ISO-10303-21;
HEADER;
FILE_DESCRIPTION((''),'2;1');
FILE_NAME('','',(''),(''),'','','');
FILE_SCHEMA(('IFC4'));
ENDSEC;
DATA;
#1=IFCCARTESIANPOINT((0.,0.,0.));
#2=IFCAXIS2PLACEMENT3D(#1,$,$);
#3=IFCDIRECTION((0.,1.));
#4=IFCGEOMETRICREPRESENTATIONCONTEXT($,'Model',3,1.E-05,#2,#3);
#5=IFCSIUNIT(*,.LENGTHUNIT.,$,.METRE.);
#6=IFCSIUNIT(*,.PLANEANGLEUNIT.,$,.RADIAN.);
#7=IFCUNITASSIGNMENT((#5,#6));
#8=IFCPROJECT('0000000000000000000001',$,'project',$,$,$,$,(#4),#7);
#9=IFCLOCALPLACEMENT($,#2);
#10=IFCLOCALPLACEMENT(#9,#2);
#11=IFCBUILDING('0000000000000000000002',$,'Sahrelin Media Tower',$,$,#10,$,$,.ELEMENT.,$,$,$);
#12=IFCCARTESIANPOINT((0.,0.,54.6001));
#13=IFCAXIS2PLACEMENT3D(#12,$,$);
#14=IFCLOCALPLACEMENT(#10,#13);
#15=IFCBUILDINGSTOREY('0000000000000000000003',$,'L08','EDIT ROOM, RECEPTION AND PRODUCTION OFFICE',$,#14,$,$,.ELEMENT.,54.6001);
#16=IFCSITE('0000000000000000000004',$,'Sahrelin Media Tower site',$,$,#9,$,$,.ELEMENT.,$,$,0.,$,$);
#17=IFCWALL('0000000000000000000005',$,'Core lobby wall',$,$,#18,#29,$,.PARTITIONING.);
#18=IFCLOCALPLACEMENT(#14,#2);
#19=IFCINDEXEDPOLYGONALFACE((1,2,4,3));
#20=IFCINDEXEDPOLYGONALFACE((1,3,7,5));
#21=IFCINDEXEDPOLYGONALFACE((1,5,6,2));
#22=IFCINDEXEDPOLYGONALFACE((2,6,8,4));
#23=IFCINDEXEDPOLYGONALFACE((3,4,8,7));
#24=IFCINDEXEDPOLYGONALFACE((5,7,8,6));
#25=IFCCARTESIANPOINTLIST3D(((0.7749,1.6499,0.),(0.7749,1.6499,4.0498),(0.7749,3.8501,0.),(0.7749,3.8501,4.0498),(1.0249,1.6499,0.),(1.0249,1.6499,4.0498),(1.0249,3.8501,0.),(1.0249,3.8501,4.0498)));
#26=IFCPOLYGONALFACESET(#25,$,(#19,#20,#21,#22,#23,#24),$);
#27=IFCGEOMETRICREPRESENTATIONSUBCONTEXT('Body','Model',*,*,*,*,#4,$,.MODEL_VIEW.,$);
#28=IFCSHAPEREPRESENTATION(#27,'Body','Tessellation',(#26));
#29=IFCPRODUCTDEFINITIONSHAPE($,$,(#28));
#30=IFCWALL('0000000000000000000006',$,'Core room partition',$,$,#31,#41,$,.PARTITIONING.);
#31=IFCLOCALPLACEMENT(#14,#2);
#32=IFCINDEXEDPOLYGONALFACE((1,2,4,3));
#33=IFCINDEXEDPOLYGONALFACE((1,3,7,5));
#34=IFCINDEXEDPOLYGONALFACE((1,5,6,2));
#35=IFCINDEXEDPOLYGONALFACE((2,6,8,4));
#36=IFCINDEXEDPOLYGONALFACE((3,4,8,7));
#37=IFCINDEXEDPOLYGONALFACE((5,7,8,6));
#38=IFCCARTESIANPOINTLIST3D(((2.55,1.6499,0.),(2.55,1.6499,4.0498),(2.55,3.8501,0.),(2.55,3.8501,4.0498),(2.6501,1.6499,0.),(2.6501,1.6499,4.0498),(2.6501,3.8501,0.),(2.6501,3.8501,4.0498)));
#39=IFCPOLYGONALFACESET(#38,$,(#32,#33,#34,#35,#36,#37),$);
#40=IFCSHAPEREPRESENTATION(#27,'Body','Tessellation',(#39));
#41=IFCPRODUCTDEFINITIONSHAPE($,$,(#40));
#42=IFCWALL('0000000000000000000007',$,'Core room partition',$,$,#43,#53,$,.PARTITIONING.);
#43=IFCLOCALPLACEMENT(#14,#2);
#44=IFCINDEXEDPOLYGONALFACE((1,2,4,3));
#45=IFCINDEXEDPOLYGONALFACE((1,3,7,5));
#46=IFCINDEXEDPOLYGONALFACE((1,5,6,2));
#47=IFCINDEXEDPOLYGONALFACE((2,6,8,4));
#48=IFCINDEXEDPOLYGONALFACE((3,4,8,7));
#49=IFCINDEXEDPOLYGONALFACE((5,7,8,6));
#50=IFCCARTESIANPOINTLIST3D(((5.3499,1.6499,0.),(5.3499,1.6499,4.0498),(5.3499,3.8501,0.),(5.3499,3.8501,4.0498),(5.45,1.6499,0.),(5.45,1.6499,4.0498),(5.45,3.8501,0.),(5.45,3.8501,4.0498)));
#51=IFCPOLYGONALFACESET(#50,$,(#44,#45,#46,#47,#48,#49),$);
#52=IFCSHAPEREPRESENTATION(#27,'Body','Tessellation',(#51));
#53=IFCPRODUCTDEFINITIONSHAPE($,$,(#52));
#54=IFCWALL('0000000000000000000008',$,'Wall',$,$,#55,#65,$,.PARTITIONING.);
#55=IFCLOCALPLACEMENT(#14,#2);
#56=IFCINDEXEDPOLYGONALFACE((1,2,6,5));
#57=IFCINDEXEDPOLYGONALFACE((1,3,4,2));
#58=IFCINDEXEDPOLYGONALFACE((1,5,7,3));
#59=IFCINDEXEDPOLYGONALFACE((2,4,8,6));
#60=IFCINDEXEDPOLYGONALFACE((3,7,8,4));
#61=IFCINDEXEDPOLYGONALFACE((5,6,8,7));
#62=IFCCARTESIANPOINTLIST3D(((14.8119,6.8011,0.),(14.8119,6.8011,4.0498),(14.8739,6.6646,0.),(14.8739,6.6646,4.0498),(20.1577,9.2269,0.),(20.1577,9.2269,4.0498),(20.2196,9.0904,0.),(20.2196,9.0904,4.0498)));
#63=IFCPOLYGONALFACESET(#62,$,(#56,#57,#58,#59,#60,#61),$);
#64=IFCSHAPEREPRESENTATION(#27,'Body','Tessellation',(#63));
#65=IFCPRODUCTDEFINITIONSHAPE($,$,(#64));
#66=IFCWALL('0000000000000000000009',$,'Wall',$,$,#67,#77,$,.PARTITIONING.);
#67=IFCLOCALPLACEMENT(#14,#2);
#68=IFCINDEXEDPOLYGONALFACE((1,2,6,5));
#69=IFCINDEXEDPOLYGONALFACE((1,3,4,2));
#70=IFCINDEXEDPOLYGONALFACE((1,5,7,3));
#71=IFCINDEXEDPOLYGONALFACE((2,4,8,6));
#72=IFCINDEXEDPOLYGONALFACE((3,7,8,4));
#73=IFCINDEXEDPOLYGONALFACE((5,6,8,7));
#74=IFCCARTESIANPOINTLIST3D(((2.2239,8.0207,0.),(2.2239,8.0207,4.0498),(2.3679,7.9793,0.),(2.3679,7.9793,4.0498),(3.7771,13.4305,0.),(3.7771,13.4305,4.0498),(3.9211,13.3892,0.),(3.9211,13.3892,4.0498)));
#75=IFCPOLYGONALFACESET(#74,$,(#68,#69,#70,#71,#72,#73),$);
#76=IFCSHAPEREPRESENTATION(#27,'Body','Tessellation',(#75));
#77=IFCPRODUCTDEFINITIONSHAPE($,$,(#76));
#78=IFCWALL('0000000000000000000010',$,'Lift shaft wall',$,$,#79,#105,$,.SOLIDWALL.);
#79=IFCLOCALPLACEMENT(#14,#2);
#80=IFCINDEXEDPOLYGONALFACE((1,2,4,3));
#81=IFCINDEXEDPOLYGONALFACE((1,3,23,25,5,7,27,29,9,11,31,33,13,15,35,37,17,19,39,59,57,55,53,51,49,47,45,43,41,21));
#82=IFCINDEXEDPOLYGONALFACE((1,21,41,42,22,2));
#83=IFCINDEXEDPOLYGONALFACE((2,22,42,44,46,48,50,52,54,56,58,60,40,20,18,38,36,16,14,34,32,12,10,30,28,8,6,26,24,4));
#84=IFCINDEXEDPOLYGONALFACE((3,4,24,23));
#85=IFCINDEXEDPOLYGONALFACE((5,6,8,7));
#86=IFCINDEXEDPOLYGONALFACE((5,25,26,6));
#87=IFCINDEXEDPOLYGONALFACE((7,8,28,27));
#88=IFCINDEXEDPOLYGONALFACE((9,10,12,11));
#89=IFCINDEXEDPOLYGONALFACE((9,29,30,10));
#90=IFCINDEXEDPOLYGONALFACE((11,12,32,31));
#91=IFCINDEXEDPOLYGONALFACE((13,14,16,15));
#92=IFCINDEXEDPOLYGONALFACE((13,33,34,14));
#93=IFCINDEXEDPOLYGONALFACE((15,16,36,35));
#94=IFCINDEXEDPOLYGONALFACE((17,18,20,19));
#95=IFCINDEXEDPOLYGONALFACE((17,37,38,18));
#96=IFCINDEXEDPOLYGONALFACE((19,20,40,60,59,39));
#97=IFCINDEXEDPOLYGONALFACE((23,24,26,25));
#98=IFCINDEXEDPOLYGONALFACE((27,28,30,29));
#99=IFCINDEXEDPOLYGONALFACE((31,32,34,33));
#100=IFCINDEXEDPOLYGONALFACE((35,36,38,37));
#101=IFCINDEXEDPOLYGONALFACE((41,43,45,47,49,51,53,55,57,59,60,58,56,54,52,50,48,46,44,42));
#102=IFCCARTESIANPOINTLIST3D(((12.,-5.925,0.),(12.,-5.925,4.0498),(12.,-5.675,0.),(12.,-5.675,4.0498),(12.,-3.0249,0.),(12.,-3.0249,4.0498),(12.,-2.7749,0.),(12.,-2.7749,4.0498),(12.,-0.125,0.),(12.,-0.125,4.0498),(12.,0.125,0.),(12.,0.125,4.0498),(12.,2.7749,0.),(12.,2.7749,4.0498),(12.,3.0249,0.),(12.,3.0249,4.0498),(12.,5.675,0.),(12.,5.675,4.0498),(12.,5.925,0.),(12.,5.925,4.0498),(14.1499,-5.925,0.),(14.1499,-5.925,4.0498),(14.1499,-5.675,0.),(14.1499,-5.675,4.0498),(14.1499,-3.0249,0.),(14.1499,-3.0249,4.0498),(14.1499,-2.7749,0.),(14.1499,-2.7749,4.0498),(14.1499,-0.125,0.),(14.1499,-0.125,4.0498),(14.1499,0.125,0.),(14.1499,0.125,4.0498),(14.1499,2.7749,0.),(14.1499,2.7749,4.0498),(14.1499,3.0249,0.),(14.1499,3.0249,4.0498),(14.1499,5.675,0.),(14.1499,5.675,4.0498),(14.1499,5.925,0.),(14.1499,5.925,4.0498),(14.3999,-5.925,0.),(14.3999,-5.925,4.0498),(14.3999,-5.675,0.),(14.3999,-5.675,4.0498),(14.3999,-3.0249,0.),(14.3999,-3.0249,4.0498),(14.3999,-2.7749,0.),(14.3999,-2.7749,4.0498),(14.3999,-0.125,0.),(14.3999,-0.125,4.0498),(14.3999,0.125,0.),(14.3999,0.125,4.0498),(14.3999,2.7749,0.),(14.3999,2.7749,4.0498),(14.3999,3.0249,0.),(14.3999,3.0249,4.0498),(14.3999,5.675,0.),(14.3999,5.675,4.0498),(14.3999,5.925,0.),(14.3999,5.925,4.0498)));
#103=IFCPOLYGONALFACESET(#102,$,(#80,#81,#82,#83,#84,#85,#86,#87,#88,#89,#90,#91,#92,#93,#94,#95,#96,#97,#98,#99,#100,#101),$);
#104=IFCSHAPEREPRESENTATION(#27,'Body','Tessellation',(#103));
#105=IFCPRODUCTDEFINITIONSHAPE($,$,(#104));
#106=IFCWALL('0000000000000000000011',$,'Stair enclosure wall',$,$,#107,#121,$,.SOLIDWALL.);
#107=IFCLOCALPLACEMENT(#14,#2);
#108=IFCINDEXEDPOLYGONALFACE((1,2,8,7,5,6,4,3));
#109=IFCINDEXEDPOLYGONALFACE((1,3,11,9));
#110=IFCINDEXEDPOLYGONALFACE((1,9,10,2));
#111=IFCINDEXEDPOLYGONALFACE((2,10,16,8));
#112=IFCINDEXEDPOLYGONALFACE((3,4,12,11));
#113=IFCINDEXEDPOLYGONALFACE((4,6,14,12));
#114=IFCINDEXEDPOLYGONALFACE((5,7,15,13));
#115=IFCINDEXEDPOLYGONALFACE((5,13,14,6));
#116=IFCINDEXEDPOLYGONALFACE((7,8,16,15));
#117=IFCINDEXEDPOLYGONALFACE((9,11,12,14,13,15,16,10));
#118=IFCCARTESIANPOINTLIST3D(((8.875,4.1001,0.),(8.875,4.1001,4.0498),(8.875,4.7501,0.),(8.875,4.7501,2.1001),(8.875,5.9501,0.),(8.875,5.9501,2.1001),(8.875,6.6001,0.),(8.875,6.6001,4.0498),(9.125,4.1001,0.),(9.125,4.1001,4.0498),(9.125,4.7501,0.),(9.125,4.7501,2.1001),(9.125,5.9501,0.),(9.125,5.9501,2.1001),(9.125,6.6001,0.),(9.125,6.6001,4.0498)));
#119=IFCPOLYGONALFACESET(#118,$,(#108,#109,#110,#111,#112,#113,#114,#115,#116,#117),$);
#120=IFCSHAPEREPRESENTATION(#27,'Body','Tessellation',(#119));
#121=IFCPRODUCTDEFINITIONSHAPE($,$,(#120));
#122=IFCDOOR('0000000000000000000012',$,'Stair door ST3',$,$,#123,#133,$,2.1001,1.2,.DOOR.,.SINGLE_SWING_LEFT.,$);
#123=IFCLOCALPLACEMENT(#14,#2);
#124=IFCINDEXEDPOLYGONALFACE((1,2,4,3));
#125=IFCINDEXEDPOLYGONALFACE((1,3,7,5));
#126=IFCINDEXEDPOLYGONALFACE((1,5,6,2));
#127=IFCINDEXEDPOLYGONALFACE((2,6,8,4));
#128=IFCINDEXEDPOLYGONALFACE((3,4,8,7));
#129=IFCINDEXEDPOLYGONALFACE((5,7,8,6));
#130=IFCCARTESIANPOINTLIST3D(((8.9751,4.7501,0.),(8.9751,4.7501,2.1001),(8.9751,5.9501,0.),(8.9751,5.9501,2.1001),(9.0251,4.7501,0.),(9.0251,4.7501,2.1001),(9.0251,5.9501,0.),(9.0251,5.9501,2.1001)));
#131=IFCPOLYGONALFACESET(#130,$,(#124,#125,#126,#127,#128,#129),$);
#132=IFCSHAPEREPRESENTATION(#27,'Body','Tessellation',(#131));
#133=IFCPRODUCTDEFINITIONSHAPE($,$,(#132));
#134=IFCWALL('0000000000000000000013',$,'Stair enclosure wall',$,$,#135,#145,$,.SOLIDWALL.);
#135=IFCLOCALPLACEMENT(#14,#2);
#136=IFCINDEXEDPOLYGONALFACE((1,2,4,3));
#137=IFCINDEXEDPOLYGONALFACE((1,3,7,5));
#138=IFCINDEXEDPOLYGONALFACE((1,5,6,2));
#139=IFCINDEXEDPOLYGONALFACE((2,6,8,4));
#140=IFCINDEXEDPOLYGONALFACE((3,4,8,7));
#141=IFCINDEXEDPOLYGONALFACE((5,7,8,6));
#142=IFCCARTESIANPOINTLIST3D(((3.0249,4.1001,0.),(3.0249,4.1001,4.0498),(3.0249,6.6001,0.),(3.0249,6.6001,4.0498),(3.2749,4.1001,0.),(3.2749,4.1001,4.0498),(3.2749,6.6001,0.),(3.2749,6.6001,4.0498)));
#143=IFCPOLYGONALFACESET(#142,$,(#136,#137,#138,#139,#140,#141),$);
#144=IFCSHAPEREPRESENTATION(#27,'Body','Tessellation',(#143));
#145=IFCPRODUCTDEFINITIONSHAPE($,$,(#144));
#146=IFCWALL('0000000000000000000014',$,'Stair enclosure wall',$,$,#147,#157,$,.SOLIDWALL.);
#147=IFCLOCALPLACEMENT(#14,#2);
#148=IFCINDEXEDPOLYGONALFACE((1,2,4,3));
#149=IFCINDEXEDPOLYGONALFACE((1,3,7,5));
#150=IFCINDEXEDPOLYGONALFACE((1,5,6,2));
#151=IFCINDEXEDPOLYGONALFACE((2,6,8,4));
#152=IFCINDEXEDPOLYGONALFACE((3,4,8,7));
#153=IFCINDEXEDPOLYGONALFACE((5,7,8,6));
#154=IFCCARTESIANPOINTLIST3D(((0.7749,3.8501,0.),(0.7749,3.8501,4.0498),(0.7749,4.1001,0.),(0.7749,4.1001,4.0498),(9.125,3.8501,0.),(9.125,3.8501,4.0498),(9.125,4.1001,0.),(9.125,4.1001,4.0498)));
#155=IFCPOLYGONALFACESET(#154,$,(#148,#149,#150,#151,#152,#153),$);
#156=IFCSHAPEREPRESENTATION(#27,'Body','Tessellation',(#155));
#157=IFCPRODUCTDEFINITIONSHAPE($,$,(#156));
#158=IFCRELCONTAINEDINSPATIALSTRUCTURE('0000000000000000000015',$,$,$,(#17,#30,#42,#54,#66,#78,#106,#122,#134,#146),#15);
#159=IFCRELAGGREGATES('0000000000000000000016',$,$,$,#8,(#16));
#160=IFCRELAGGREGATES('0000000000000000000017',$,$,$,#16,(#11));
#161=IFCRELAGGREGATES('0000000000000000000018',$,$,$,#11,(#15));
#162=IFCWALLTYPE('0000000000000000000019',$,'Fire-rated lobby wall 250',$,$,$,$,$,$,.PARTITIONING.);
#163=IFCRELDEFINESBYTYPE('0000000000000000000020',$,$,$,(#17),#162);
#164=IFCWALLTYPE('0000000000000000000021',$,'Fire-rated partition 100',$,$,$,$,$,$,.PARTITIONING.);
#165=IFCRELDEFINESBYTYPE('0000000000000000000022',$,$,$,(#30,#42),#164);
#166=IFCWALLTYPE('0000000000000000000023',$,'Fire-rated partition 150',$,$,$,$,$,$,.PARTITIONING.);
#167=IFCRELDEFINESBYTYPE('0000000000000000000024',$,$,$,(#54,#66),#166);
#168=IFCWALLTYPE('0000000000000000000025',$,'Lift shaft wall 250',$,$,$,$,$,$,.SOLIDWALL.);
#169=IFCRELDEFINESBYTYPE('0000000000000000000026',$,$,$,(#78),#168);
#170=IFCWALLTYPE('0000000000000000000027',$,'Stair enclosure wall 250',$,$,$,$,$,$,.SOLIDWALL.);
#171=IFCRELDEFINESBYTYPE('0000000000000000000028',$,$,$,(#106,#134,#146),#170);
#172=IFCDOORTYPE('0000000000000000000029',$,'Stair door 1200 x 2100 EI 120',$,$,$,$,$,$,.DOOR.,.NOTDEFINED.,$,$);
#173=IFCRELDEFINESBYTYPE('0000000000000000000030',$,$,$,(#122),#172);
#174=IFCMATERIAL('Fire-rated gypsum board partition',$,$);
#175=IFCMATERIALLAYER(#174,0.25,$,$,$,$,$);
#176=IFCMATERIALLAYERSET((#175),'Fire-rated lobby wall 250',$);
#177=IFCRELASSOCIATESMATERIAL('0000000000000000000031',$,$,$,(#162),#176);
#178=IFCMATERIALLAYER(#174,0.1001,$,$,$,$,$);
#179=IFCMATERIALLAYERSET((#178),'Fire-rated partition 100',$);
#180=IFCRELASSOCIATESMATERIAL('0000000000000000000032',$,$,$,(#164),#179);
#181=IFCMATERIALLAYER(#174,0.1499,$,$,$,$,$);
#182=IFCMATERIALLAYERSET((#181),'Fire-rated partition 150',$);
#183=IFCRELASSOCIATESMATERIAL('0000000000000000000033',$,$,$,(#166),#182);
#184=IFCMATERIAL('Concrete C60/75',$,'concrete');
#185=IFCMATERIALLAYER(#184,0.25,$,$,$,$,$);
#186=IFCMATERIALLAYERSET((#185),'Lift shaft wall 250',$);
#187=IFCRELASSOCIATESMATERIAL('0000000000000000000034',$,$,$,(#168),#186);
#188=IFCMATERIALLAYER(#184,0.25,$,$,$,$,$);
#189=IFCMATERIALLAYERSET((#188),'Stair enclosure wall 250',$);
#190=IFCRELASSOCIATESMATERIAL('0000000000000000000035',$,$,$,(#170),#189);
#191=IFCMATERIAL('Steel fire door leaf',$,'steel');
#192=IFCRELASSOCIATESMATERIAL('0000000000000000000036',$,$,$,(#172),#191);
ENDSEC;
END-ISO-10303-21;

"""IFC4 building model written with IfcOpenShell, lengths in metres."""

from ifc_helpers import new_model, si_unit, direction, frame, frame_2d, origin, place, context, subcontext, project, spatial, polyline, rectangle, outline, extrude, material, layer, layer_set, type_object, element, fill, save


model = new_model("IFC4")

# Units and contexts
model_context = context("Model", 3, precision=1e-05, world=origin(), true_north=direction((0.0, 1.0)))
body_context = subcontext(model_context, "Body", "Model", "MODEL_VIEW")
ifc_project = project(units=[si_unit("LENGTHUNIT", "METRE"), si_unit("PLANEANGLEUNIT", "RADIAN")], contexts=[model_context])

# Site, building, storey
site_placement = place(None, origin())
site = spatial("IfcSite", under=ifc_project, at=site_placement, Name="Sahrelin Media Tower site", CompositionType="ELEMENT", RefElevation=0.0)
building_placement = place(site_placement, origin())
building = spatial("IfcBuilding", under=site, at=building_placement, Name="Sahrelin Media Tower", CompositionType="ELEMENT")
storey_placement = place(building_placement, frame((0.0, 0.0, 54.6001)))
storey = spatial("IfcBuildingStorey", under=building, at=storey_placement, Name="L08", Description="EDIT ROOM, RECEPTION AND PRODUCTION OFFICE", CompositionType="ELEMENT", Elevation=54.6001)

# Shared definitions
ifc_material_1 = material(Name="Fire-rated gypsum board partition")
ifc_layer_1 = layer(ifc_material_1, 0.25)
ifc_layer_set_1 = layer_set([ifc_layer_1], Name="Fire-rated lobby wall 250")
wall_type_1 = type_object("IfcWallType", Name="Fire-rated lobby wall 250", PredefinedType="PARTITIONING", material=ifc_layer_set_1)
ifc_material_2 = material(Name="Steel fire door leaf", Category="steel")

# Walls
for number, where, z_axis, x_axis, name in (
    (1, (0.8999, 1.6499, 0.0), (0.0, 0.0, 1.0), (0.0, 1.0, 0.0), "Core lobby wall"),
):
    element("IfcWall", number, at=place(storey_placement, frame(where, z_axis=z_axis, x_axis=x_axis)), inside=storey, type_object=wall_type_1, Name=name, PredefinedType="PARTITIONING", context=body_context, shape_type="SweptSolid", body=[
        extrude(rectangle(XDim=2.2002, YDim=0.25, at=frame_2d((1.1001, 0.0))), origin(), (0.0, 0.0, 1.0), 4.0498),
    ])
ifc_layer_2 = layer(ifc_material_1, 0.1001)
ifc_layer_set_2 = layer_set([ifc_layer_2], Name="Fire-rated partition 100")
wall_type_2 = type_object("IfcWallType", Name="Fire-rated partition 100", PredefinedType="PARTITIONING", material=ifc_layer_set_2)
for number, where, z_axis, x_axis, name in (
    (2, (2.6001, 1.6499, 0.0), (0.0, 0.0, 1.0), (0.0, 1.0, 0.0), "Core room partition"),
    (3, (5.3999, 1.6499, 0.0), (0.0, 0.0, 1.0), (0.0, 1.0, 0.0), "Core room partition"),
):
    element("IfcWall", number, at=place(storey_placement, frame(where, z_axis=z_axis, x_axis=x_axis)), inside=storey, type_object=wall_type_2, Name=name, PredefinedType="PARTITIONING", context=body_context, shape_type="SweptSolid", body=[
        extrude(rectangle(XDim=2.2002, YDim=0.1001, at=frame_2d((1.1001, 0.0))), origin(), (0.0, 0.0, 1.0), 4.0498),
    ])
ifc_layer_3 = layer(ifc_material_1, 0.1499)
ifc_layer_set_3 = layer_set([ifc_layer_3], Name="Fire-rated partition 150")
wall_type_3 = type_object("IfcWallType", Name="Fire-rated partition 150", PredefinedType="PARTITIONING", material=ifc_layer_set_3)
wall_1_placement = place(storey_placement, frame((14.843, 6.7329, 0.0), z_axis=(0.0, 0.0, 1.0), x_axis=(0.910628, 0.413226, 0.0)))
element("IfcWall", 4, at=wall_1_placement, inside=storey, type_object=wall_type_3, Name="Wall", PredefinedType="PARTITIONING", context=body_context, shape_type="SweptSolid", body=[
    extrude(rectangle(XDim=5.8704, YDim=0.1499, at=frame_2d((2.9351, 0.0))), origin(), (0.0, 0.0, 1.0), 4.0498),
])
wall_2_placement = place(storey_placement, frame((2.2959, 8.0, 0.0), z_axis=(0.0, 0.0, 1.0), x_axis=(0.275958, 0.96117, 0.0)))
element("IfcWall", 5, at=wall_2_placement, inside=storey, type_object=wall_type_3, Name="Wall", PredefinedType="PARTITIONING", context=body_context, shape_type="SweptSolid", body=[
    extrude(rectangle(XDim=5.6284, YDim=0.1499, at=frame_2d((2.8142, 0.0))), origin(), (0.0, 0.0, 1.0), 4.0498),
])
ifc_material_3 = material(Name="Concrete C60/75", Category="concrete")
ifc_layer_4 = layer(ifc_material_3, 0.25)
ifc_layer_set_4 = layer_set([ifc_layer_4], Name="Lift shaft wall 250")
wall_type_4 = type_object("IfcWallType", Name="Lift shaft wall 250", PredefinedType="SOLIDWALL", material=ifc_layer_set_4)
wall_3_placement = place(storey_placement, origin())
element("IfcWall", 6, at=wall_3_placement, inside=storey, type_object=wall_type_4, Name="Lift shaft wall", PredefinedType="SOLIDWALL", context=body_context, shape_type="SweptSolid", body=[
    extrude(outline(polyline([(12.0, -5.675), (12.0, -5.925), (14.1499, -5.925), (14.3999, -5.925), (14.3999, -5.675), (14.3999, -3.0249), (14.3999, -2.7749), (14.3999, -0.125), (14.3999, 0.125), (14.3999, 2.7749), (14.3999, 3.0249), (14.3999, 5.675), (14.3999, 5.925), (14.1499, 5.925), (12.0, 5.925), (12.0, 5.675), (14.1499, 5.675), (14.1499, 3.0249), (12.0, 3.0249), (12.0, 2.7749), (14.1499, 2.7749), (14.1499, 0.125), (12.0, 0.125), (12.0, -0.125), (14.1499, -0.125), (14.1499, -2.7749), (12.0, -2.7749), (12.0, -3.0249), (14.1499, -3.0249), (14.1499, -5.675), (12.0, -5.675)])), origin(), (0.0, 0.0, 1.0), 4.0498),
])

# Wall, opening, door
ifc_layer_5 = layer(ifc_material_3, 0.25)
ifc_layer_set_5 = layer_set([ifc_layer_5], Name="Stair enclosure wall 250")
wall_type_5 = type_object("IfcWallType", Name="Stair enclosure wall 250", PredefinedType="SOLIDWALL", material=ifc_layer_set_5)
wall_4_placement = place(storey_placement, frame((9.0, 4.1001, 0.0), z_axis=(0.0, 0.0, 1.0), x_axis=(0.0, 1.0, 0.0)))
wall_4 = element("IfcWall", 7, at=wall_4_placement, inside=storey, type_object=wall_type_5, Name="Stair enclosure wall", PredefinedType="SOLIDWALL", context=body_context, shape_type="SweptSolid", body=[
    extrude(rectangle(XDim=2.5, YDim=0.25, at=frame_2d((1.25, 0.0))), origin(), (0.0, 0.0, 1.0), 4.0498),
])
opening_1_placement = place(wall_4_placement, frame((0.6499, 0.0, 0.0)))
opening_1 = element("IfcOpeningElement", 8, at=opening_1_placement, cuts=wall_4, PredefinedType="OPENING", context=body_context, shape_type="SweptSolid", body=[
    extrude(rectangle(XDim=1.2, YDim=2.1001, at=frame_2d((0.6001, 1.05))), frame((0.0, 0.125, 0.0), z_axis=(0.0, -1.0, 0.0), x_axis=(1.0, 0.0, 0.0)), (0.0, 0.0, 1.0), 0.25),
])
door_type_1 = type_object("IfcDoorType", Name="Stair door 1200 x 2100 EI 120", OperationType="NOTDEFINED", PredefinedType="DOOR", material=ifc_material_2)
door_1_placement = place(opening_1_placement, origin())
door_1 = element("IfcDoor", 9, at=door_1_placement, inside=storey, type_object=door_type_1, Name="Stair door ST3", OperationType="SINGLE_SWING_LEFT", OverallHeight=2.1001, OverallWidth=1.2, PredefinedType="DOOR", context=body_context, shape_type="SweptSolid", body=[
    extrude(rectangle(XDim=1.2, YDim=2.1001, at=frame_2d((0.6001, 1.05))), frame((0.0, 0.0249, 0.0), z_axis=(0.0, -1.0, 0.0), x_axis=(1.0, 0.0, 0.0)), (0.0, 0.0, 1.0), 0.05),
])
fill(opening_1, door_1)

# Walls
wall_5_placement = place(storey_placement, frame((3.1499, 4.1001, 0.0), z_axis=(0.0, 0.0, 1.0), x_axis=(0.0, 1.0, 0.0)))
element("IfcWall", 10, at=wall_5_placement, inside=storey, type_object=wall_type_5, Name="Stair enclosure wall", PredefinedType="SOLIDWALL", context=body_context, shape_type="SweptSolid", body=[
    extrude(rectangle(XDim=2.5, YDim=0.25, at=frame_2d((1.25, 0.0))), origin(), (0.0, 0.0, 1.0), 4.0498),
])
wall_6_placement = place(storey_placement, frame((0.7749, 3.9751, 0.0), z_axis=(0.0, 0.0, 1.0), x_axis=(1.0, 0.0, 0.0)))
element("IfcWall", 11, at=wall_6_placement, inside=storey, type_object=wall_type_5, Name="Stair enclosure wall", PredefinedType="SOLIDWALL", context=body_context, shape_type="SweptSolid", body=[
    extrude(rectangle(XDim=8.3501, YDim=0.25, at=frame_2d((4.175, 0.0))), origin(), (0.0, 0.0, 1.0), 4.0498),
])

save(model, "model.ifc")
